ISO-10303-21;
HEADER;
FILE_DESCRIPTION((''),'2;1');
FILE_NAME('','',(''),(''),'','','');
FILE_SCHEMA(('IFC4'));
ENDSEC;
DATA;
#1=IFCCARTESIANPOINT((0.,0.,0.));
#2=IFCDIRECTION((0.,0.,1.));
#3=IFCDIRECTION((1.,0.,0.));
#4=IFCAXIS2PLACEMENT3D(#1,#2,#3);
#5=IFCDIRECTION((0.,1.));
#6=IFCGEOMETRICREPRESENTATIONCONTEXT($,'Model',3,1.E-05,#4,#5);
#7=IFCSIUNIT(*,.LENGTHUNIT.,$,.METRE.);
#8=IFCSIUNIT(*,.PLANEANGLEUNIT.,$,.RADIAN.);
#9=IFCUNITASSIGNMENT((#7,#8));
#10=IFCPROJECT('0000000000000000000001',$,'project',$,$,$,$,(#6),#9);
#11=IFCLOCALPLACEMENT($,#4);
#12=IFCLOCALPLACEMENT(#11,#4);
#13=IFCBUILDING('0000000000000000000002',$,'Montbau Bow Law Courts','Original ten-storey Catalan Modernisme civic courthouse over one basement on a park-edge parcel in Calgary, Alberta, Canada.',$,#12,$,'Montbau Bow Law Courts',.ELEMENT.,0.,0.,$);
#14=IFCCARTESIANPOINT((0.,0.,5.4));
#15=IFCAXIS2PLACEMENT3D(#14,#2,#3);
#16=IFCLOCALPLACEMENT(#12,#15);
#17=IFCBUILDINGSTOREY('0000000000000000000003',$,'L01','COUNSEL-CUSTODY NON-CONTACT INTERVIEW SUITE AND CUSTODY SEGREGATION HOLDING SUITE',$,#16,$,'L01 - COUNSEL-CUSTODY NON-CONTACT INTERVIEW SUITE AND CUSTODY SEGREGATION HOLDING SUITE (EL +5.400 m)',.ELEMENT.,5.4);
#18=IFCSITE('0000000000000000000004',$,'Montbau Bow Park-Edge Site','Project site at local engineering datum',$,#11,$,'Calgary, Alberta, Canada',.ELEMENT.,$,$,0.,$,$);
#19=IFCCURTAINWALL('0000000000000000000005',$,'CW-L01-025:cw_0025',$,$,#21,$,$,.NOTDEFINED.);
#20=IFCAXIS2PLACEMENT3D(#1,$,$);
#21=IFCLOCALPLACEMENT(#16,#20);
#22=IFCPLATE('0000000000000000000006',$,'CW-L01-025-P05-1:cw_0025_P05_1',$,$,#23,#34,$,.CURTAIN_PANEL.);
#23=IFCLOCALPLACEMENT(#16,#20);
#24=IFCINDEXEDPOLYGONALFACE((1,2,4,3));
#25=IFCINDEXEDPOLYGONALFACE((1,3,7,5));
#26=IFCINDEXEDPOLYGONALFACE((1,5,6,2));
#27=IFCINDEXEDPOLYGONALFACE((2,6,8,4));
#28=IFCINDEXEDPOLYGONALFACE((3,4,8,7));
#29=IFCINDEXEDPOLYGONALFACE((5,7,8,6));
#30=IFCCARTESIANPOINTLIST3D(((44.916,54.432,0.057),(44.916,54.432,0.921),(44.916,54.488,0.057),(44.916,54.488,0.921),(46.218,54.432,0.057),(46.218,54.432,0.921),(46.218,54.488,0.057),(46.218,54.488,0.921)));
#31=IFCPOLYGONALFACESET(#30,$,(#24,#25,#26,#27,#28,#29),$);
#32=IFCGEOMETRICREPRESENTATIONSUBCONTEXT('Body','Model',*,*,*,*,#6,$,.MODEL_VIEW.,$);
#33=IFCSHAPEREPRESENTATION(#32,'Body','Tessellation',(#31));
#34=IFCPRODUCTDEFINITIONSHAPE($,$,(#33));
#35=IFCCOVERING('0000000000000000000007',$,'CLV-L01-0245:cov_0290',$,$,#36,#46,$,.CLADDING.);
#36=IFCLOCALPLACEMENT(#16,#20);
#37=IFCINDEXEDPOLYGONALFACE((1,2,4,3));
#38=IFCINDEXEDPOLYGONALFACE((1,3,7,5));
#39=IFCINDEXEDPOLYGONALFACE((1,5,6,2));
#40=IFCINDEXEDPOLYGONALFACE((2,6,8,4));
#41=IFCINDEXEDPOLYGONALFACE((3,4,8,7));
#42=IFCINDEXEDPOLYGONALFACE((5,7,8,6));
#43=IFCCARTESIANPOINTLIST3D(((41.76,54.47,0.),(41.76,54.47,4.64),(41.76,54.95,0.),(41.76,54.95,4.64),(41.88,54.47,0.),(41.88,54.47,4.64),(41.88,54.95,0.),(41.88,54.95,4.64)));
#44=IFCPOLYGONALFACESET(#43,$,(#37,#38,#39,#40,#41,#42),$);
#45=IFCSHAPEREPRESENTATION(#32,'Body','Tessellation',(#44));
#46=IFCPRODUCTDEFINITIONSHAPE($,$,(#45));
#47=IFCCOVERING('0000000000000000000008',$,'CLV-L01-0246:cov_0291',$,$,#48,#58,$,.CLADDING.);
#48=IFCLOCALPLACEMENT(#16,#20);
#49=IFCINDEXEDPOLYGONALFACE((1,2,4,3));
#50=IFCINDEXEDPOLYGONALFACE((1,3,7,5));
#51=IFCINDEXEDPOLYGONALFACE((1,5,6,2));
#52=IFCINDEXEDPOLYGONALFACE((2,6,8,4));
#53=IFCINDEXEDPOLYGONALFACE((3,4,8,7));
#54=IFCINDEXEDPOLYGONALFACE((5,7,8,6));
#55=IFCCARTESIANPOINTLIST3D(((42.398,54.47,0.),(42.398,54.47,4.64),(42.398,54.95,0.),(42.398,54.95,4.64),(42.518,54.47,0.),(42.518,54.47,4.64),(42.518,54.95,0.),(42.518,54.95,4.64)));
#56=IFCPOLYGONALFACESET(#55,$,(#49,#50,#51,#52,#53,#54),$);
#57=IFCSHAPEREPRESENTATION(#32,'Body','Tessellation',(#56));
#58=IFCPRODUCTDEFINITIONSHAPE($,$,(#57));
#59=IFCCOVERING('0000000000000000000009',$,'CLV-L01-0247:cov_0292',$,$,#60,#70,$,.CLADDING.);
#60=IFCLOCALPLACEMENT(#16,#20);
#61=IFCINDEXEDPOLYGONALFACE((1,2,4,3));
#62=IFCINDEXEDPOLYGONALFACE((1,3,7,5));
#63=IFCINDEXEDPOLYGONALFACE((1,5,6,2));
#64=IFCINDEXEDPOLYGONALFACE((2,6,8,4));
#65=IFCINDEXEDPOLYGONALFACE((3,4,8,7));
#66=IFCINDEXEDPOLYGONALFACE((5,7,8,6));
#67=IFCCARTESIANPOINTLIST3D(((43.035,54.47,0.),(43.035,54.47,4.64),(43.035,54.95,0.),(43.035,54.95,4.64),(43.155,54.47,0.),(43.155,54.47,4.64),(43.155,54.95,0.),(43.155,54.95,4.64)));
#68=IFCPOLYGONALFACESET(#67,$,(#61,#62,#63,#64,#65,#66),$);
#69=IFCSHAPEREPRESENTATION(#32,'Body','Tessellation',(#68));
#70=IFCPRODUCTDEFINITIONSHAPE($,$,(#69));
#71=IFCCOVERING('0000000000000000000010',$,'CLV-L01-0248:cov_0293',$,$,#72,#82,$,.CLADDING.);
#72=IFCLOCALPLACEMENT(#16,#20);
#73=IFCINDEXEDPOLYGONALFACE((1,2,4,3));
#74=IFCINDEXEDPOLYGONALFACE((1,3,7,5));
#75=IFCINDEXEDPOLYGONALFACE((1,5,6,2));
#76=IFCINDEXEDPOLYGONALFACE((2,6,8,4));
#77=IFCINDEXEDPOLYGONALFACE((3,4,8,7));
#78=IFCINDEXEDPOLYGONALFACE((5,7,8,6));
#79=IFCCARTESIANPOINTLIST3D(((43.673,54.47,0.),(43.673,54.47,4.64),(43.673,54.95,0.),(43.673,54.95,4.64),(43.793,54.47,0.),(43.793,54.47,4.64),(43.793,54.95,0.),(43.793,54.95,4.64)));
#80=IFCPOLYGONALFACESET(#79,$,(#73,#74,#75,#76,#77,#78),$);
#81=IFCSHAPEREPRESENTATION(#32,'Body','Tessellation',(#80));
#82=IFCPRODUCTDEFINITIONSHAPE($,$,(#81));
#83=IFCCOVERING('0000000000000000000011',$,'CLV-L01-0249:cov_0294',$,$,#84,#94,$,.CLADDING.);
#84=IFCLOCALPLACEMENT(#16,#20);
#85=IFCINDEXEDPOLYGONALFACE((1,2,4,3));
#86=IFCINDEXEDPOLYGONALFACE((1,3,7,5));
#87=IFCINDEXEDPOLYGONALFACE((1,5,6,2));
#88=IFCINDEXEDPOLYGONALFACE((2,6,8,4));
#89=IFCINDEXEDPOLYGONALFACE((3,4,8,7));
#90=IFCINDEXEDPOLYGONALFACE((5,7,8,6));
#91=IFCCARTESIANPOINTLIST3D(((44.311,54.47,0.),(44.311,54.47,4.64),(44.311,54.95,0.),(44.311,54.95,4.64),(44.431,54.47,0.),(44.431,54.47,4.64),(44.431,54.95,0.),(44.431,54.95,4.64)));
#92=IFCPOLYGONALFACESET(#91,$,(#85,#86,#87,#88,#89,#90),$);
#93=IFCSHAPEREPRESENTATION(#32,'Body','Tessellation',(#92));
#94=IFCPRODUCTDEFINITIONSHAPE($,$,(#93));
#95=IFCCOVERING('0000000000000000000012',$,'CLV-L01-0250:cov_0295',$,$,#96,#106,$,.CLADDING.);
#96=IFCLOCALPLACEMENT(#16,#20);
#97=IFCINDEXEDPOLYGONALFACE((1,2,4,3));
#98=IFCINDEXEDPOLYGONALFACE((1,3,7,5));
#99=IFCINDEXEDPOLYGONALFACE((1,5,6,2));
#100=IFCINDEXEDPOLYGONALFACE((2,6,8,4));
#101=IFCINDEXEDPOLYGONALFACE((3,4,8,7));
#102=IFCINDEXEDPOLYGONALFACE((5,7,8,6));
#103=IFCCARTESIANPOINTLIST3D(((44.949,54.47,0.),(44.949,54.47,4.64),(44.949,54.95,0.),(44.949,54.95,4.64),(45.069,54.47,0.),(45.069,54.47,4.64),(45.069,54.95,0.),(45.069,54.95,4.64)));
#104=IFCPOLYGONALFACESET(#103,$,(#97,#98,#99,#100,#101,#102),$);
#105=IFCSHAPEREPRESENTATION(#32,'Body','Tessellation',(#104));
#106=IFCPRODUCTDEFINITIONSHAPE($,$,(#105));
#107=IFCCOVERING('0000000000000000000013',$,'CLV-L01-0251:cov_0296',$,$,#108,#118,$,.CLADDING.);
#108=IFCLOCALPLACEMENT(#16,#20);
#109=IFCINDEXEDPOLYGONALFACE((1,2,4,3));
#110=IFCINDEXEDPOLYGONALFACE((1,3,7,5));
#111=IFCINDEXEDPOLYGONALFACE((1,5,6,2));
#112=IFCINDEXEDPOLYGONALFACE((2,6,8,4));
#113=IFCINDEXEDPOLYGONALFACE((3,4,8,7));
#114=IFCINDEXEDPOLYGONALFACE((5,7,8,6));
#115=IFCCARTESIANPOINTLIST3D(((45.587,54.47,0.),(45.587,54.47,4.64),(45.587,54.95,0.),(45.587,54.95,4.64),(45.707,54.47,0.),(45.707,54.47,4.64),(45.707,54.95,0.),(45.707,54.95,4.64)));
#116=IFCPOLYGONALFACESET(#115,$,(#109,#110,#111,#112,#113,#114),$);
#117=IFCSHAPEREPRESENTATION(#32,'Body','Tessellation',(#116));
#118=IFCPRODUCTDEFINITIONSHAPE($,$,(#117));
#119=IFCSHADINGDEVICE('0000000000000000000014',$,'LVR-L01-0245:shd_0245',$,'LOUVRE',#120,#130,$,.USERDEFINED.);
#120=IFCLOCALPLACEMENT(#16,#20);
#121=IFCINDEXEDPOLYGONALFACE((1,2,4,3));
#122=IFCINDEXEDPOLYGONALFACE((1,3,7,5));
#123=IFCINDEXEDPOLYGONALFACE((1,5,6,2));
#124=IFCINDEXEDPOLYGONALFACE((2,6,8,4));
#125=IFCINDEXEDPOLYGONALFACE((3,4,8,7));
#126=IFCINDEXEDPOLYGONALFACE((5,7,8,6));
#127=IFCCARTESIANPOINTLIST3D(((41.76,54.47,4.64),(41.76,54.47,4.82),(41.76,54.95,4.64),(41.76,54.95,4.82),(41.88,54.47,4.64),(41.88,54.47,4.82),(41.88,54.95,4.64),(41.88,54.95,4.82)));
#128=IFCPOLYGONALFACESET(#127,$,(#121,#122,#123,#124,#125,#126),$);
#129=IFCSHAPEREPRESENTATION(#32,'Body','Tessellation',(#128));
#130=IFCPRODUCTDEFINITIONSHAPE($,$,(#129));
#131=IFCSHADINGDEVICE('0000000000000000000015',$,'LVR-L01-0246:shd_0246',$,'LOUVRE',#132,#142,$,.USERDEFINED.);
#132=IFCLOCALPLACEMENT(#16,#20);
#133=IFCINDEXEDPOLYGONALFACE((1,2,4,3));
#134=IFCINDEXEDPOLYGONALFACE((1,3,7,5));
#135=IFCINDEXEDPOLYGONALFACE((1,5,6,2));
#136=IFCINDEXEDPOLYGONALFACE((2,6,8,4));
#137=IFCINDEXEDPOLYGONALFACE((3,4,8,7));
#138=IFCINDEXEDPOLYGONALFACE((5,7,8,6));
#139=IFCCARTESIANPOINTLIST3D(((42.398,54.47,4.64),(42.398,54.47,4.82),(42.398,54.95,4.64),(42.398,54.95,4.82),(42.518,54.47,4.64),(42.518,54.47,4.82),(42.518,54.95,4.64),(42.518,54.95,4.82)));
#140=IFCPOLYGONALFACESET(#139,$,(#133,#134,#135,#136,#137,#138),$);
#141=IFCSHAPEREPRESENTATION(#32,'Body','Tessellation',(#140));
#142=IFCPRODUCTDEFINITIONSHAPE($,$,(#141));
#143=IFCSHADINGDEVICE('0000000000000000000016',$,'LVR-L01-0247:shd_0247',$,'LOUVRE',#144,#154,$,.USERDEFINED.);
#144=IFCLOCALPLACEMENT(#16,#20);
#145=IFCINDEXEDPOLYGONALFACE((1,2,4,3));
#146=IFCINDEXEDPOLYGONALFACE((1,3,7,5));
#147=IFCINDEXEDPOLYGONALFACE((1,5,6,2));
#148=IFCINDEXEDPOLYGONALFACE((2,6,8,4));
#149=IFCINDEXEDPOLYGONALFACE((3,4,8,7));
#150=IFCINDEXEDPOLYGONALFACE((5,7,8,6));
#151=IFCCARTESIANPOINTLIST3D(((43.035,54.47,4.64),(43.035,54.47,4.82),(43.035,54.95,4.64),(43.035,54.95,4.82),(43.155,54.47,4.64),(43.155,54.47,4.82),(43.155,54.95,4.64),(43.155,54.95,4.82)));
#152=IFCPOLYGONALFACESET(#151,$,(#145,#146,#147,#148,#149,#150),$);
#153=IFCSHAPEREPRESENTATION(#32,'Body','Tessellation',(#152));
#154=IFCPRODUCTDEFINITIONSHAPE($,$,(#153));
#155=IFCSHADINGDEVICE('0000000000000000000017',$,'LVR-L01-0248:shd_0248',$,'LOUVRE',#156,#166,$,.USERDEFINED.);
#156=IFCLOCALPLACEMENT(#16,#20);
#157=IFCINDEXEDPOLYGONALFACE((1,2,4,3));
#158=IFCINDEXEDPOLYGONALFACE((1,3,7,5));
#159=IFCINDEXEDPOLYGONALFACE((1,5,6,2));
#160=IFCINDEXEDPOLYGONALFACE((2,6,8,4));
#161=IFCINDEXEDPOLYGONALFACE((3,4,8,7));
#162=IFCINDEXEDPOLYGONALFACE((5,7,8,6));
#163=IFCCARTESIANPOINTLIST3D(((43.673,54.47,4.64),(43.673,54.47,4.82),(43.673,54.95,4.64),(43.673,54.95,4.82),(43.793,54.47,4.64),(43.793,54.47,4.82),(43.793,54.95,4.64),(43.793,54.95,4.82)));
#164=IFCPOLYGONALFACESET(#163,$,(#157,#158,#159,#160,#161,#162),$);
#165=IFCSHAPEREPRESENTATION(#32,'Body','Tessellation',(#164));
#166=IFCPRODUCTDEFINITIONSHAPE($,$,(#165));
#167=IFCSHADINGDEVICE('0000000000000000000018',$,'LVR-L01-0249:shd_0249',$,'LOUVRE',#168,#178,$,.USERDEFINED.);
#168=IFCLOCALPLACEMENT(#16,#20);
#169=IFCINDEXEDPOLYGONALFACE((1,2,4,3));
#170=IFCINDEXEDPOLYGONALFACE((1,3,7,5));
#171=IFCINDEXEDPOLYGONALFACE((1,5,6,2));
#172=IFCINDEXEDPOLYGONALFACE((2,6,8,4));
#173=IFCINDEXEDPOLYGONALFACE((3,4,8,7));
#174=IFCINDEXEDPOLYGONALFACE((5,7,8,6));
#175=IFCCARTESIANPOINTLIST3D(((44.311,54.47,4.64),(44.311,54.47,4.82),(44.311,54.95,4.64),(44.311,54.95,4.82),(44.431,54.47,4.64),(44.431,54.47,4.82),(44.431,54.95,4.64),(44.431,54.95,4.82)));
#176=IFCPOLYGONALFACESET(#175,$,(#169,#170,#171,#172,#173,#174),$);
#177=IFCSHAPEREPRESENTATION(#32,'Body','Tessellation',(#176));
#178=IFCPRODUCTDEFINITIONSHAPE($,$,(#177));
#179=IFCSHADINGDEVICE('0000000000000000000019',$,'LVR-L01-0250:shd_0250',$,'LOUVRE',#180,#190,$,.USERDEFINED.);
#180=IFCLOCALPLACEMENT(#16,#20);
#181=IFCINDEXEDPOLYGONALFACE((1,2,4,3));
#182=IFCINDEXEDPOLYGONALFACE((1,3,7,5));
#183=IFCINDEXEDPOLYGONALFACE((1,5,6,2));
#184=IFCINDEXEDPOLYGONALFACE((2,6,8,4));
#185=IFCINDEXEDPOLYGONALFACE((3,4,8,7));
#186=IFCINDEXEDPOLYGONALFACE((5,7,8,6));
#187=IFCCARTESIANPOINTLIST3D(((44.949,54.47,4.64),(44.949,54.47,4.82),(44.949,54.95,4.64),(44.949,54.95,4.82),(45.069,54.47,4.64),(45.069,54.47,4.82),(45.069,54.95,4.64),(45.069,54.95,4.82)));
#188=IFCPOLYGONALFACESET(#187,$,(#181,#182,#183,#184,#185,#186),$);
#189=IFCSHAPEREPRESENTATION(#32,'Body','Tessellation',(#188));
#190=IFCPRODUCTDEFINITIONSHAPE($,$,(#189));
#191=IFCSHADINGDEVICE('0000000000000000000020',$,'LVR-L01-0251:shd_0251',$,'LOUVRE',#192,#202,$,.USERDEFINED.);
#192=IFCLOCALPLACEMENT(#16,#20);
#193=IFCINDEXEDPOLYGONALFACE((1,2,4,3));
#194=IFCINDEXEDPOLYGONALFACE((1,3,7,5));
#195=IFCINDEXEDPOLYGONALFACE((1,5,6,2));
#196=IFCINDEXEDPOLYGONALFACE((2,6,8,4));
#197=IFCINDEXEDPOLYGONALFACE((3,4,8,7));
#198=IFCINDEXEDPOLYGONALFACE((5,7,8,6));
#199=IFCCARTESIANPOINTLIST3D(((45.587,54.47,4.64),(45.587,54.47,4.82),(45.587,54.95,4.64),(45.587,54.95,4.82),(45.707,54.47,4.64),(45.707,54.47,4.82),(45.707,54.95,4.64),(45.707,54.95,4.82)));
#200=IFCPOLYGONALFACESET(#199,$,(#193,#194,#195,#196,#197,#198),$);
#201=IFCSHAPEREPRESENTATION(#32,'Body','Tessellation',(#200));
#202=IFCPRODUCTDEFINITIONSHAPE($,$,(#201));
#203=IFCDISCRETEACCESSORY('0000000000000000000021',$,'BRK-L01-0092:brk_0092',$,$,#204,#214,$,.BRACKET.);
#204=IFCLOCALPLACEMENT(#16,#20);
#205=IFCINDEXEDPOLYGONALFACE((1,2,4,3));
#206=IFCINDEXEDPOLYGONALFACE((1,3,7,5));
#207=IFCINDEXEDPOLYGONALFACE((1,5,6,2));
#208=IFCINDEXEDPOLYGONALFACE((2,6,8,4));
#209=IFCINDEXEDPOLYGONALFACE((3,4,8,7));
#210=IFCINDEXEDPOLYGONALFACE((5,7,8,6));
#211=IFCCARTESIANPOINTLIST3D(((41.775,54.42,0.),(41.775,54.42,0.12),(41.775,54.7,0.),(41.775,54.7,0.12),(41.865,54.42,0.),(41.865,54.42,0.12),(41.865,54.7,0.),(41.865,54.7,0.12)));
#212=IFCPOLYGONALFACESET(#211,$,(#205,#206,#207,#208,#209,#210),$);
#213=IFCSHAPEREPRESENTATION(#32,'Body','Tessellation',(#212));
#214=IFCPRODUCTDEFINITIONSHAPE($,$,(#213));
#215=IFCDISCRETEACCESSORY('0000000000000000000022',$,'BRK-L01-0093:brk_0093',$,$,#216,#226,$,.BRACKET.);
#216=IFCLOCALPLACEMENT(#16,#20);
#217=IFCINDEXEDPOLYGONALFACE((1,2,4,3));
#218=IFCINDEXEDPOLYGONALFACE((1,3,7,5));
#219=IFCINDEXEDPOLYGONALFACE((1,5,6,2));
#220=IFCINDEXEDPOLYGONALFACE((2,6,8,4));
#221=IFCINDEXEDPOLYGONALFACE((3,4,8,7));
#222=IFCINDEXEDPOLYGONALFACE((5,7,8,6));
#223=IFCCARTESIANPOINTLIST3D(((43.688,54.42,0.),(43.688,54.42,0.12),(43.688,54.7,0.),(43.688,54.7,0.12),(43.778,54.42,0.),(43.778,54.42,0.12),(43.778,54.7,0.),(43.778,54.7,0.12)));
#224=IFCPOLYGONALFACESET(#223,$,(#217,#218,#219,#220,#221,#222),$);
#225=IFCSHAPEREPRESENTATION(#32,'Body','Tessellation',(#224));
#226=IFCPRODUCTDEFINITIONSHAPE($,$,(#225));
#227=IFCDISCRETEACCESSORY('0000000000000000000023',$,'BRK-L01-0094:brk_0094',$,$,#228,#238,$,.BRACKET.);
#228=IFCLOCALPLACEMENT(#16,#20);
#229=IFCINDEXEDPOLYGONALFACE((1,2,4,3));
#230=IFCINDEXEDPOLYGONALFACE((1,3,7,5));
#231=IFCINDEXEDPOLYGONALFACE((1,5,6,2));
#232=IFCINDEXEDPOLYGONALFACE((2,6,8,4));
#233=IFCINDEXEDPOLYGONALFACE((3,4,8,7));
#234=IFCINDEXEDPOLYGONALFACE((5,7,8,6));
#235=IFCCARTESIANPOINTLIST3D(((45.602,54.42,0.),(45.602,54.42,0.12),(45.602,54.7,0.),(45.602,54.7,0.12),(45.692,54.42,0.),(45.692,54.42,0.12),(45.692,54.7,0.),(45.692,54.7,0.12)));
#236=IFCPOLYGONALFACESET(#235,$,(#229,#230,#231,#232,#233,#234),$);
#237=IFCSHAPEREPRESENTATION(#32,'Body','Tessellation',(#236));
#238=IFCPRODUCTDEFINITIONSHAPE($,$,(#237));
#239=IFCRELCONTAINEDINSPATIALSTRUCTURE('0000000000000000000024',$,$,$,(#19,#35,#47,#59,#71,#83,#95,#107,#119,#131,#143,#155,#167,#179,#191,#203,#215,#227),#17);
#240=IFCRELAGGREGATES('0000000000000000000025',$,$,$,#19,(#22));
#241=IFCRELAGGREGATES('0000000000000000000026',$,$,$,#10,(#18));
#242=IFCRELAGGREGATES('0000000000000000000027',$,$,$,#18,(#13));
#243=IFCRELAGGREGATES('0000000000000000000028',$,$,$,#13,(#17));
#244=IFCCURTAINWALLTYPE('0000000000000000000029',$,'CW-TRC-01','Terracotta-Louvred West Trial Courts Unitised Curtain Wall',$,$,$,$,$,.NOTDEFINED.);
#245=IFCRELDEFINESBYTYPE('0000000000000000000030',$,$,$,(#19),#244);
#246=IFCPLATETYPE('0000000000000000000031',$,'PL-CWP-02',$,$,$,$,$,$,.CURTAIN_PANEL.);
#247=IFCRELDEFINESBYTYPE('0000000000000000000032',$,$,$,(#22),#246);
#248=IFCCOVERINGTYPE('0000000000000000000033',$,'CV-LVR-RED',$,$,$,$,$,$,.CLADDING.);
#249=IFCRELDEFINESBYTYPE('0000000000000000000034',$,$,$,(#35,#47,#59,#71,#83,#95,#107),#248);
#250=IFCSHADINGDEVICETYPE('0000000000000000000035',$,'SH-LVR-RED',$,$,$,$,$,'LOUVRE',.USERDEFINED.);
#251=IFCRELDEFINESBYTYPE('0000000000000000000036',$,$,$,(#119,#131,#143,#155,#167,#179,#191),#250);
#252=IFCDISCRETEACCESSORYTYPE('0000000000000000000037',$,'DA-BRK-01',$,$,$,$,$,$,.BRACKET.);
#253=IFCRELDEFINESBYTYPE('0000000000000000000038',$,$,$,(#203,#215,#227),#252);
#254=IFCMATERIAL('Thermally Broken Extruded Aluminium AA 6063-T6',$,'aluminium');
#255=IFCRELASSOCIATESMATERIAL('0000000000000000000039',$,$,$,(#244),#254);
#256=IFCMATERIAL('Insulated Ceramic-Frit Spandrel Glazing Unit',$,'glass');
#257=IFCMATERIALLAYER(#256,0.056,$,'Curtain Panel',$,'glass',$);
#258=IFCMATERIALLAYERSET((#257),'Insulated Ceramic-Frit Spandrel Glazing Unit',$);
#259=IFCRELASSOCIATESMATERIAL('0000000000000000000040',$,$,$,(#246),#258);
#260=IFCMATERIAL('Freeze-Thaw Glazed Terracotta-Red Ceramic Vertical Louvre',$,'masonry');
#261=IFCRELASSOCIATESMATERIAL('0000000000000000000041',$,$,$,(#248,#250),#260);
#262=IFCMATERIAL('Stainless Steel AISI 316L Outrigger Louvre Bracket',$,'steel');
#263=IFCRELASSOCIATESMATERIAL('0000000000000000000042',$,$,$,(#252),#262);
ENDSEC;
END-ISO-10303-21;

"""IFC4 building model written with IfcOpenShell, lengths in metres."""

from ifc_helpers import new_model, si_unit, direction, frame, frame_2d, origin_with_axes, origin_2d_with_axis, place, context, subcontext, project, spatial, rectangle, extrude, material, layer, layer_set, type_object, element, aggregate, save


model = new_model("IFC4")

# Units and contexts
model_context = context("Model", 3, precision=1e-05, world=origin_with_axes(), true_north=direction((0.0, 1.0)))
body_context = subcontext(model_context, "Body", "Model", "MODEL_VIEW")
ifc_project = project(units=[si_unit("LENGTHUNIT", "METRE"), si_unit("PLANEANGLEUNIT", "RADIAN")], contexts=[model_context])

# Site, building, storey
site_placement = place(None, origin_with_axes())
site = spatial("IfcSite", under=ifc_project, at=site_placement, Name="Montbau Bow Park-Edge Site", Description="Project site at local engineering datum", LongName="Calgary, Alberta, Canada", CompositionType="ELEMENT", RefElevation=0.0)
building_placement = place(site_placement, origin_with_axes())
building = spatial("IfcBuilding", under=site, at=building_placement, Name="Montbau Bow Law Courts", Description="Original ten-storey Catalan Modernisme civic courthouse over one basement on a park-edge parcel in Calgary, Alberta, Canada.", LongName="Montbau Bow Law Courts", CompositionType="ELEMENT", ElevationOfRefHeight=0.0, ElevationOfTerrain=0.0)
storey_placement = place(building_placement, frame((0.0, 0.0, 5.4), z_axis=(0.0, 0.0, 1.0), x_axis=(1.0, 0.0, 0.0)))
storey = spatial("IfcBuildingStorey", under=building, at=storey_placement, Name="L01", Description="COUNSEL-CUSTODY NON-CONTACT INTERVIEW SUITE AND CUSTODY SEGREGATION HOLDING SUITE", LongName="L01 - COUNSEL-CUSTODY NON-CONTACT INTERVIEW SUITE AND CUSTODY SEGREGATION HOLDING SUITE (EL +5.400 m)", CompositionType="ELEMENT", Elevation=5.4)

# Curtain wall, plate
ifc_material_1 = material(Name="Thermally Broken Extruded Aluminium AA 6063-T6", Category="aluminium")
curtain_wall_type = type_object("IfcCurtainWallType", Name="CW-TRC-01", Description="Terracotta-Louvred West Trial Courts Unitised Curtain Wall", PredefinedType="NOTDEFINED", material=ifc_material_1)
curtain_wall_placement = place(None, frame((39.268, 54.46, 5.4), z_axis=(0.0, 0.0, 1.0), x_axis=(1.0, 0.0, 0.0)))
curtain_wall = element("IfcCurtainWall", 1, at=curtain_wall_placement, inside=storey, type_object=curtain_wall_type, Name="CW-L01-025:cw_0025", PredefinedType="NOTDEFINED")
ifc_material_2 = material(Name="Insulated Ceramic-Frit Spandrel Glazing Unit", Category="glass")
ifc_layer_1 = layer(ifc_material_2, 0.056, Name="Curtain Panel", Category="glass")
ifc_layer_set_1 = layer_set([ifc_layer_1], Name="Insulated Ceramic-Frit Spandrel Glazing Unit")
plate_type_1 = type_object("IfcPlateType", Name="PL-CWP-02", PredefinedType="CURTAIN_PANEL", material=ifc_layer_set_1)
plate_1_placement = place(None, frame((44.916, 54.46, 5.457), z_axis=(0.0, -1.0, 0.0), x_axis=(1.0, 0.0, 0.0)))
plate_1 = element("IfcPlate", 2, at=plate_1_placement, type_object=plate_type_1, Name="CW-L01-025-P05-1:cw_0025_P05_1", PredefinedType="CURTAIN_PANEL", context=body_context, shape_type="SweptSolid", body=[
    extrude(rectangle(XDim=1.302, YDim=0.864, at=frame_2d((0.651, 0.432), x_axis=(1.0, 0.0))), frame((0.0, 0.0, -0.028), z_axis=(0.0, 0.0, 1.0), x_axis=(1.0, 0.0, 0.0)), (0.0, 0.0, 1.0), 0.056),
])
aggregate(curtain_wall, [plate_1])

# Coverings
ifc_material_3 = material(Name="Freeze-Thaw Glazed Terracotta-Red Ceramic Vertical Louvre", Category="masonry")
covering_type = type_object("IfcCoveringType", Name="CV-LVR-RED", PredefinedType="CLADDING", material=ifc_material_3)
for number, where, z_axis, x_axis, name in (
    (3, (41.82, 54.47, 5.4), (1.0, 0.0, 0.0), (0.0, 1.0, 0.0), "CLV-L01-0245:cov_0290"),
    (4, (42.458, 54.47, 5.4), (1.0, 0.0, 0.0), (0.0, 1.0, 0.0), "CLV-L01-0246:cov_0291"),
    (5, (43.095, 54.47, 5.4), (1.0, 0.0, 0.0), (0.0, 1.0, 0.0), "CLV-L01-0247:cov_0292"),
    (6, (43.733, 54.47, 5.4), (1.0, 0.0, 0.0), (0.0, 1.0, 0.0), "CLV-L01-0248:cov_0293"),
    (7, (44.371, 54.47, 5.4), (1.0, 0.0, 0.0), (0.0, 1.0, 0.0), "CLV-L01-0249:cov_0294"),
    (8, (45.009, 54.47, 5.4), (1.0, 0.0, 0.0), (0.0, 1.0, 0.0), "CLV-L01-0250:cov_0295"),
    (9, (45.647, 54.47, 5.4), (1.0, 0.0, 0.0), (0.0, 1.0, 0.0), "CLV-L01-0251:cov_0296"),
):
    element("IfcCovering", number, at=place(None, frame(where, z_axis=z_axis, x_axis=x_axis)), inside=storey, type_object=covering_type, Name=name, PredefinedType="CLADDING", context=body_context, shape_type="SweptSolid", body=[
        extrude(rectangle(XDim=0.48, YDim=4.64, at=frame_2d((0.24, 2.32), x_axis=(1.0, 0.0))), frame((0.0, 0.0, -0.06), z_axis=(0.0, 0.0, 1.0), x_axis=(1.0, 0.0, 0.0)), (0.0, 0.0, 1.0), 0.12),
    ])

# Shading devices
shading_device_type = type_object("IfcShadingDeviceType", Name="SH-LVR-RED", ElementType="LOUVRE", PredefinedType="USERDEFINED", material=ifc_material_3)
for number, where, z_axis, x_axis, name in (
    (10, (41.82, 54.71, 10.04), (0.0, 0.0, 1.0), (0.0, 1.0, 0.0), "LVR-L01-0245:shd_0245"),
    (11, (42.458, 54.71, 10.04), (0.0, 0.0, 1.0), (0.0, 1.0, 0.0), "LVR-L01-0246:shd_0246"),
    (12, (43.095, 54.71, 10.04), (0.0, 0.0, 1.0), (0.0, 1.0, 0.0), "LVR-L01-0247:shd_0247"),
    (13, (43.733, 54.71, 10.04), (0.0, 0.0, 1.0), (0.0, 1.0, 0.0), "LVR-L01-0248:shd_0248"),
    (14, (44.371, 54.71, 10.04), (0.0, 0.0, 1.0), (0.0, 1.0, 0.0), "LVR-L01-0249:shd_0249"),
    (15, (45.009, 54.71, 10.04), (0.0, 0.0, 1.0), (0.0, 1.0, 0.0), "LVR-L01-0250:shd_0250"),
    (16, (45.647, 54.71, 10.04), (0.0, 0.0, 1.0), (0.0, 1.0, 0.0), "LVR-L01-0251:shd_0251"),
):
    element("IfcShadingDevice", number, at=place(None, frame(where, z_axis=z_axis, x_axis=x_axis)), inside=storey, type_object=shading_device_type, Name=name, ObjectType="LOUVRE", PredefinedType="USERDEFINED", context=body_context, shape_type="SweptSolid", body=[
        extrude(rectangle(XDim=0.48, YDim=0.12, at=origin_2d_with_axis()), origin_with_axes(), (0.0, 0.0, 1.0), 0.18),
    ])

# Discrete accessories
ifc_material_4 = material(Name="Stainless Steel AISI 316L Outrigger Louvre Bracket", Category="steel")
discrete_accessory_type = type_object("IfcDiscreteAccessoryType", Name="DA-BRK-01", PredefinedType="BRACKET", material=ifc_material_4)
for number, where, z_axis, x_axis, name in (
    (17, (41.82, 54.56, 5.4), (0.0, 0.0, 1.0), (0.0, 1.0, 0.0), "BRK-L01-0092:brk_0092"),
    (18, (43.733, 54.56, 5.4), (0.0, 0.0, 1.0), (0.0, 1.0, 0.0), "BRK-L01-0093:brk_0093"),
    (19, (45.647, 54.56, 5.4), (0.0, 0.0, 1.0), (0.0, 1.0, 0.0), "BRK-L01-0094:brk_0094"),
):
    element("IfcDiscreteAccessory", number, at=place(None, frame(where, z_axis=z_axis, x_axis=x_axis)), inside=storey, type_object=discrete_accessory_type, Name=name, PredefinedType="BRACKET", context=body_context, shape_type="SweptSolid", body=[
        extrude(rectangle(XDim=0.28, YDim=0.09, at=origin_2d_with_axis()), origin_with_axes(), (0.0, 0.0, 1.0), 0.12),
    ])

save(model, "model.ifc")
